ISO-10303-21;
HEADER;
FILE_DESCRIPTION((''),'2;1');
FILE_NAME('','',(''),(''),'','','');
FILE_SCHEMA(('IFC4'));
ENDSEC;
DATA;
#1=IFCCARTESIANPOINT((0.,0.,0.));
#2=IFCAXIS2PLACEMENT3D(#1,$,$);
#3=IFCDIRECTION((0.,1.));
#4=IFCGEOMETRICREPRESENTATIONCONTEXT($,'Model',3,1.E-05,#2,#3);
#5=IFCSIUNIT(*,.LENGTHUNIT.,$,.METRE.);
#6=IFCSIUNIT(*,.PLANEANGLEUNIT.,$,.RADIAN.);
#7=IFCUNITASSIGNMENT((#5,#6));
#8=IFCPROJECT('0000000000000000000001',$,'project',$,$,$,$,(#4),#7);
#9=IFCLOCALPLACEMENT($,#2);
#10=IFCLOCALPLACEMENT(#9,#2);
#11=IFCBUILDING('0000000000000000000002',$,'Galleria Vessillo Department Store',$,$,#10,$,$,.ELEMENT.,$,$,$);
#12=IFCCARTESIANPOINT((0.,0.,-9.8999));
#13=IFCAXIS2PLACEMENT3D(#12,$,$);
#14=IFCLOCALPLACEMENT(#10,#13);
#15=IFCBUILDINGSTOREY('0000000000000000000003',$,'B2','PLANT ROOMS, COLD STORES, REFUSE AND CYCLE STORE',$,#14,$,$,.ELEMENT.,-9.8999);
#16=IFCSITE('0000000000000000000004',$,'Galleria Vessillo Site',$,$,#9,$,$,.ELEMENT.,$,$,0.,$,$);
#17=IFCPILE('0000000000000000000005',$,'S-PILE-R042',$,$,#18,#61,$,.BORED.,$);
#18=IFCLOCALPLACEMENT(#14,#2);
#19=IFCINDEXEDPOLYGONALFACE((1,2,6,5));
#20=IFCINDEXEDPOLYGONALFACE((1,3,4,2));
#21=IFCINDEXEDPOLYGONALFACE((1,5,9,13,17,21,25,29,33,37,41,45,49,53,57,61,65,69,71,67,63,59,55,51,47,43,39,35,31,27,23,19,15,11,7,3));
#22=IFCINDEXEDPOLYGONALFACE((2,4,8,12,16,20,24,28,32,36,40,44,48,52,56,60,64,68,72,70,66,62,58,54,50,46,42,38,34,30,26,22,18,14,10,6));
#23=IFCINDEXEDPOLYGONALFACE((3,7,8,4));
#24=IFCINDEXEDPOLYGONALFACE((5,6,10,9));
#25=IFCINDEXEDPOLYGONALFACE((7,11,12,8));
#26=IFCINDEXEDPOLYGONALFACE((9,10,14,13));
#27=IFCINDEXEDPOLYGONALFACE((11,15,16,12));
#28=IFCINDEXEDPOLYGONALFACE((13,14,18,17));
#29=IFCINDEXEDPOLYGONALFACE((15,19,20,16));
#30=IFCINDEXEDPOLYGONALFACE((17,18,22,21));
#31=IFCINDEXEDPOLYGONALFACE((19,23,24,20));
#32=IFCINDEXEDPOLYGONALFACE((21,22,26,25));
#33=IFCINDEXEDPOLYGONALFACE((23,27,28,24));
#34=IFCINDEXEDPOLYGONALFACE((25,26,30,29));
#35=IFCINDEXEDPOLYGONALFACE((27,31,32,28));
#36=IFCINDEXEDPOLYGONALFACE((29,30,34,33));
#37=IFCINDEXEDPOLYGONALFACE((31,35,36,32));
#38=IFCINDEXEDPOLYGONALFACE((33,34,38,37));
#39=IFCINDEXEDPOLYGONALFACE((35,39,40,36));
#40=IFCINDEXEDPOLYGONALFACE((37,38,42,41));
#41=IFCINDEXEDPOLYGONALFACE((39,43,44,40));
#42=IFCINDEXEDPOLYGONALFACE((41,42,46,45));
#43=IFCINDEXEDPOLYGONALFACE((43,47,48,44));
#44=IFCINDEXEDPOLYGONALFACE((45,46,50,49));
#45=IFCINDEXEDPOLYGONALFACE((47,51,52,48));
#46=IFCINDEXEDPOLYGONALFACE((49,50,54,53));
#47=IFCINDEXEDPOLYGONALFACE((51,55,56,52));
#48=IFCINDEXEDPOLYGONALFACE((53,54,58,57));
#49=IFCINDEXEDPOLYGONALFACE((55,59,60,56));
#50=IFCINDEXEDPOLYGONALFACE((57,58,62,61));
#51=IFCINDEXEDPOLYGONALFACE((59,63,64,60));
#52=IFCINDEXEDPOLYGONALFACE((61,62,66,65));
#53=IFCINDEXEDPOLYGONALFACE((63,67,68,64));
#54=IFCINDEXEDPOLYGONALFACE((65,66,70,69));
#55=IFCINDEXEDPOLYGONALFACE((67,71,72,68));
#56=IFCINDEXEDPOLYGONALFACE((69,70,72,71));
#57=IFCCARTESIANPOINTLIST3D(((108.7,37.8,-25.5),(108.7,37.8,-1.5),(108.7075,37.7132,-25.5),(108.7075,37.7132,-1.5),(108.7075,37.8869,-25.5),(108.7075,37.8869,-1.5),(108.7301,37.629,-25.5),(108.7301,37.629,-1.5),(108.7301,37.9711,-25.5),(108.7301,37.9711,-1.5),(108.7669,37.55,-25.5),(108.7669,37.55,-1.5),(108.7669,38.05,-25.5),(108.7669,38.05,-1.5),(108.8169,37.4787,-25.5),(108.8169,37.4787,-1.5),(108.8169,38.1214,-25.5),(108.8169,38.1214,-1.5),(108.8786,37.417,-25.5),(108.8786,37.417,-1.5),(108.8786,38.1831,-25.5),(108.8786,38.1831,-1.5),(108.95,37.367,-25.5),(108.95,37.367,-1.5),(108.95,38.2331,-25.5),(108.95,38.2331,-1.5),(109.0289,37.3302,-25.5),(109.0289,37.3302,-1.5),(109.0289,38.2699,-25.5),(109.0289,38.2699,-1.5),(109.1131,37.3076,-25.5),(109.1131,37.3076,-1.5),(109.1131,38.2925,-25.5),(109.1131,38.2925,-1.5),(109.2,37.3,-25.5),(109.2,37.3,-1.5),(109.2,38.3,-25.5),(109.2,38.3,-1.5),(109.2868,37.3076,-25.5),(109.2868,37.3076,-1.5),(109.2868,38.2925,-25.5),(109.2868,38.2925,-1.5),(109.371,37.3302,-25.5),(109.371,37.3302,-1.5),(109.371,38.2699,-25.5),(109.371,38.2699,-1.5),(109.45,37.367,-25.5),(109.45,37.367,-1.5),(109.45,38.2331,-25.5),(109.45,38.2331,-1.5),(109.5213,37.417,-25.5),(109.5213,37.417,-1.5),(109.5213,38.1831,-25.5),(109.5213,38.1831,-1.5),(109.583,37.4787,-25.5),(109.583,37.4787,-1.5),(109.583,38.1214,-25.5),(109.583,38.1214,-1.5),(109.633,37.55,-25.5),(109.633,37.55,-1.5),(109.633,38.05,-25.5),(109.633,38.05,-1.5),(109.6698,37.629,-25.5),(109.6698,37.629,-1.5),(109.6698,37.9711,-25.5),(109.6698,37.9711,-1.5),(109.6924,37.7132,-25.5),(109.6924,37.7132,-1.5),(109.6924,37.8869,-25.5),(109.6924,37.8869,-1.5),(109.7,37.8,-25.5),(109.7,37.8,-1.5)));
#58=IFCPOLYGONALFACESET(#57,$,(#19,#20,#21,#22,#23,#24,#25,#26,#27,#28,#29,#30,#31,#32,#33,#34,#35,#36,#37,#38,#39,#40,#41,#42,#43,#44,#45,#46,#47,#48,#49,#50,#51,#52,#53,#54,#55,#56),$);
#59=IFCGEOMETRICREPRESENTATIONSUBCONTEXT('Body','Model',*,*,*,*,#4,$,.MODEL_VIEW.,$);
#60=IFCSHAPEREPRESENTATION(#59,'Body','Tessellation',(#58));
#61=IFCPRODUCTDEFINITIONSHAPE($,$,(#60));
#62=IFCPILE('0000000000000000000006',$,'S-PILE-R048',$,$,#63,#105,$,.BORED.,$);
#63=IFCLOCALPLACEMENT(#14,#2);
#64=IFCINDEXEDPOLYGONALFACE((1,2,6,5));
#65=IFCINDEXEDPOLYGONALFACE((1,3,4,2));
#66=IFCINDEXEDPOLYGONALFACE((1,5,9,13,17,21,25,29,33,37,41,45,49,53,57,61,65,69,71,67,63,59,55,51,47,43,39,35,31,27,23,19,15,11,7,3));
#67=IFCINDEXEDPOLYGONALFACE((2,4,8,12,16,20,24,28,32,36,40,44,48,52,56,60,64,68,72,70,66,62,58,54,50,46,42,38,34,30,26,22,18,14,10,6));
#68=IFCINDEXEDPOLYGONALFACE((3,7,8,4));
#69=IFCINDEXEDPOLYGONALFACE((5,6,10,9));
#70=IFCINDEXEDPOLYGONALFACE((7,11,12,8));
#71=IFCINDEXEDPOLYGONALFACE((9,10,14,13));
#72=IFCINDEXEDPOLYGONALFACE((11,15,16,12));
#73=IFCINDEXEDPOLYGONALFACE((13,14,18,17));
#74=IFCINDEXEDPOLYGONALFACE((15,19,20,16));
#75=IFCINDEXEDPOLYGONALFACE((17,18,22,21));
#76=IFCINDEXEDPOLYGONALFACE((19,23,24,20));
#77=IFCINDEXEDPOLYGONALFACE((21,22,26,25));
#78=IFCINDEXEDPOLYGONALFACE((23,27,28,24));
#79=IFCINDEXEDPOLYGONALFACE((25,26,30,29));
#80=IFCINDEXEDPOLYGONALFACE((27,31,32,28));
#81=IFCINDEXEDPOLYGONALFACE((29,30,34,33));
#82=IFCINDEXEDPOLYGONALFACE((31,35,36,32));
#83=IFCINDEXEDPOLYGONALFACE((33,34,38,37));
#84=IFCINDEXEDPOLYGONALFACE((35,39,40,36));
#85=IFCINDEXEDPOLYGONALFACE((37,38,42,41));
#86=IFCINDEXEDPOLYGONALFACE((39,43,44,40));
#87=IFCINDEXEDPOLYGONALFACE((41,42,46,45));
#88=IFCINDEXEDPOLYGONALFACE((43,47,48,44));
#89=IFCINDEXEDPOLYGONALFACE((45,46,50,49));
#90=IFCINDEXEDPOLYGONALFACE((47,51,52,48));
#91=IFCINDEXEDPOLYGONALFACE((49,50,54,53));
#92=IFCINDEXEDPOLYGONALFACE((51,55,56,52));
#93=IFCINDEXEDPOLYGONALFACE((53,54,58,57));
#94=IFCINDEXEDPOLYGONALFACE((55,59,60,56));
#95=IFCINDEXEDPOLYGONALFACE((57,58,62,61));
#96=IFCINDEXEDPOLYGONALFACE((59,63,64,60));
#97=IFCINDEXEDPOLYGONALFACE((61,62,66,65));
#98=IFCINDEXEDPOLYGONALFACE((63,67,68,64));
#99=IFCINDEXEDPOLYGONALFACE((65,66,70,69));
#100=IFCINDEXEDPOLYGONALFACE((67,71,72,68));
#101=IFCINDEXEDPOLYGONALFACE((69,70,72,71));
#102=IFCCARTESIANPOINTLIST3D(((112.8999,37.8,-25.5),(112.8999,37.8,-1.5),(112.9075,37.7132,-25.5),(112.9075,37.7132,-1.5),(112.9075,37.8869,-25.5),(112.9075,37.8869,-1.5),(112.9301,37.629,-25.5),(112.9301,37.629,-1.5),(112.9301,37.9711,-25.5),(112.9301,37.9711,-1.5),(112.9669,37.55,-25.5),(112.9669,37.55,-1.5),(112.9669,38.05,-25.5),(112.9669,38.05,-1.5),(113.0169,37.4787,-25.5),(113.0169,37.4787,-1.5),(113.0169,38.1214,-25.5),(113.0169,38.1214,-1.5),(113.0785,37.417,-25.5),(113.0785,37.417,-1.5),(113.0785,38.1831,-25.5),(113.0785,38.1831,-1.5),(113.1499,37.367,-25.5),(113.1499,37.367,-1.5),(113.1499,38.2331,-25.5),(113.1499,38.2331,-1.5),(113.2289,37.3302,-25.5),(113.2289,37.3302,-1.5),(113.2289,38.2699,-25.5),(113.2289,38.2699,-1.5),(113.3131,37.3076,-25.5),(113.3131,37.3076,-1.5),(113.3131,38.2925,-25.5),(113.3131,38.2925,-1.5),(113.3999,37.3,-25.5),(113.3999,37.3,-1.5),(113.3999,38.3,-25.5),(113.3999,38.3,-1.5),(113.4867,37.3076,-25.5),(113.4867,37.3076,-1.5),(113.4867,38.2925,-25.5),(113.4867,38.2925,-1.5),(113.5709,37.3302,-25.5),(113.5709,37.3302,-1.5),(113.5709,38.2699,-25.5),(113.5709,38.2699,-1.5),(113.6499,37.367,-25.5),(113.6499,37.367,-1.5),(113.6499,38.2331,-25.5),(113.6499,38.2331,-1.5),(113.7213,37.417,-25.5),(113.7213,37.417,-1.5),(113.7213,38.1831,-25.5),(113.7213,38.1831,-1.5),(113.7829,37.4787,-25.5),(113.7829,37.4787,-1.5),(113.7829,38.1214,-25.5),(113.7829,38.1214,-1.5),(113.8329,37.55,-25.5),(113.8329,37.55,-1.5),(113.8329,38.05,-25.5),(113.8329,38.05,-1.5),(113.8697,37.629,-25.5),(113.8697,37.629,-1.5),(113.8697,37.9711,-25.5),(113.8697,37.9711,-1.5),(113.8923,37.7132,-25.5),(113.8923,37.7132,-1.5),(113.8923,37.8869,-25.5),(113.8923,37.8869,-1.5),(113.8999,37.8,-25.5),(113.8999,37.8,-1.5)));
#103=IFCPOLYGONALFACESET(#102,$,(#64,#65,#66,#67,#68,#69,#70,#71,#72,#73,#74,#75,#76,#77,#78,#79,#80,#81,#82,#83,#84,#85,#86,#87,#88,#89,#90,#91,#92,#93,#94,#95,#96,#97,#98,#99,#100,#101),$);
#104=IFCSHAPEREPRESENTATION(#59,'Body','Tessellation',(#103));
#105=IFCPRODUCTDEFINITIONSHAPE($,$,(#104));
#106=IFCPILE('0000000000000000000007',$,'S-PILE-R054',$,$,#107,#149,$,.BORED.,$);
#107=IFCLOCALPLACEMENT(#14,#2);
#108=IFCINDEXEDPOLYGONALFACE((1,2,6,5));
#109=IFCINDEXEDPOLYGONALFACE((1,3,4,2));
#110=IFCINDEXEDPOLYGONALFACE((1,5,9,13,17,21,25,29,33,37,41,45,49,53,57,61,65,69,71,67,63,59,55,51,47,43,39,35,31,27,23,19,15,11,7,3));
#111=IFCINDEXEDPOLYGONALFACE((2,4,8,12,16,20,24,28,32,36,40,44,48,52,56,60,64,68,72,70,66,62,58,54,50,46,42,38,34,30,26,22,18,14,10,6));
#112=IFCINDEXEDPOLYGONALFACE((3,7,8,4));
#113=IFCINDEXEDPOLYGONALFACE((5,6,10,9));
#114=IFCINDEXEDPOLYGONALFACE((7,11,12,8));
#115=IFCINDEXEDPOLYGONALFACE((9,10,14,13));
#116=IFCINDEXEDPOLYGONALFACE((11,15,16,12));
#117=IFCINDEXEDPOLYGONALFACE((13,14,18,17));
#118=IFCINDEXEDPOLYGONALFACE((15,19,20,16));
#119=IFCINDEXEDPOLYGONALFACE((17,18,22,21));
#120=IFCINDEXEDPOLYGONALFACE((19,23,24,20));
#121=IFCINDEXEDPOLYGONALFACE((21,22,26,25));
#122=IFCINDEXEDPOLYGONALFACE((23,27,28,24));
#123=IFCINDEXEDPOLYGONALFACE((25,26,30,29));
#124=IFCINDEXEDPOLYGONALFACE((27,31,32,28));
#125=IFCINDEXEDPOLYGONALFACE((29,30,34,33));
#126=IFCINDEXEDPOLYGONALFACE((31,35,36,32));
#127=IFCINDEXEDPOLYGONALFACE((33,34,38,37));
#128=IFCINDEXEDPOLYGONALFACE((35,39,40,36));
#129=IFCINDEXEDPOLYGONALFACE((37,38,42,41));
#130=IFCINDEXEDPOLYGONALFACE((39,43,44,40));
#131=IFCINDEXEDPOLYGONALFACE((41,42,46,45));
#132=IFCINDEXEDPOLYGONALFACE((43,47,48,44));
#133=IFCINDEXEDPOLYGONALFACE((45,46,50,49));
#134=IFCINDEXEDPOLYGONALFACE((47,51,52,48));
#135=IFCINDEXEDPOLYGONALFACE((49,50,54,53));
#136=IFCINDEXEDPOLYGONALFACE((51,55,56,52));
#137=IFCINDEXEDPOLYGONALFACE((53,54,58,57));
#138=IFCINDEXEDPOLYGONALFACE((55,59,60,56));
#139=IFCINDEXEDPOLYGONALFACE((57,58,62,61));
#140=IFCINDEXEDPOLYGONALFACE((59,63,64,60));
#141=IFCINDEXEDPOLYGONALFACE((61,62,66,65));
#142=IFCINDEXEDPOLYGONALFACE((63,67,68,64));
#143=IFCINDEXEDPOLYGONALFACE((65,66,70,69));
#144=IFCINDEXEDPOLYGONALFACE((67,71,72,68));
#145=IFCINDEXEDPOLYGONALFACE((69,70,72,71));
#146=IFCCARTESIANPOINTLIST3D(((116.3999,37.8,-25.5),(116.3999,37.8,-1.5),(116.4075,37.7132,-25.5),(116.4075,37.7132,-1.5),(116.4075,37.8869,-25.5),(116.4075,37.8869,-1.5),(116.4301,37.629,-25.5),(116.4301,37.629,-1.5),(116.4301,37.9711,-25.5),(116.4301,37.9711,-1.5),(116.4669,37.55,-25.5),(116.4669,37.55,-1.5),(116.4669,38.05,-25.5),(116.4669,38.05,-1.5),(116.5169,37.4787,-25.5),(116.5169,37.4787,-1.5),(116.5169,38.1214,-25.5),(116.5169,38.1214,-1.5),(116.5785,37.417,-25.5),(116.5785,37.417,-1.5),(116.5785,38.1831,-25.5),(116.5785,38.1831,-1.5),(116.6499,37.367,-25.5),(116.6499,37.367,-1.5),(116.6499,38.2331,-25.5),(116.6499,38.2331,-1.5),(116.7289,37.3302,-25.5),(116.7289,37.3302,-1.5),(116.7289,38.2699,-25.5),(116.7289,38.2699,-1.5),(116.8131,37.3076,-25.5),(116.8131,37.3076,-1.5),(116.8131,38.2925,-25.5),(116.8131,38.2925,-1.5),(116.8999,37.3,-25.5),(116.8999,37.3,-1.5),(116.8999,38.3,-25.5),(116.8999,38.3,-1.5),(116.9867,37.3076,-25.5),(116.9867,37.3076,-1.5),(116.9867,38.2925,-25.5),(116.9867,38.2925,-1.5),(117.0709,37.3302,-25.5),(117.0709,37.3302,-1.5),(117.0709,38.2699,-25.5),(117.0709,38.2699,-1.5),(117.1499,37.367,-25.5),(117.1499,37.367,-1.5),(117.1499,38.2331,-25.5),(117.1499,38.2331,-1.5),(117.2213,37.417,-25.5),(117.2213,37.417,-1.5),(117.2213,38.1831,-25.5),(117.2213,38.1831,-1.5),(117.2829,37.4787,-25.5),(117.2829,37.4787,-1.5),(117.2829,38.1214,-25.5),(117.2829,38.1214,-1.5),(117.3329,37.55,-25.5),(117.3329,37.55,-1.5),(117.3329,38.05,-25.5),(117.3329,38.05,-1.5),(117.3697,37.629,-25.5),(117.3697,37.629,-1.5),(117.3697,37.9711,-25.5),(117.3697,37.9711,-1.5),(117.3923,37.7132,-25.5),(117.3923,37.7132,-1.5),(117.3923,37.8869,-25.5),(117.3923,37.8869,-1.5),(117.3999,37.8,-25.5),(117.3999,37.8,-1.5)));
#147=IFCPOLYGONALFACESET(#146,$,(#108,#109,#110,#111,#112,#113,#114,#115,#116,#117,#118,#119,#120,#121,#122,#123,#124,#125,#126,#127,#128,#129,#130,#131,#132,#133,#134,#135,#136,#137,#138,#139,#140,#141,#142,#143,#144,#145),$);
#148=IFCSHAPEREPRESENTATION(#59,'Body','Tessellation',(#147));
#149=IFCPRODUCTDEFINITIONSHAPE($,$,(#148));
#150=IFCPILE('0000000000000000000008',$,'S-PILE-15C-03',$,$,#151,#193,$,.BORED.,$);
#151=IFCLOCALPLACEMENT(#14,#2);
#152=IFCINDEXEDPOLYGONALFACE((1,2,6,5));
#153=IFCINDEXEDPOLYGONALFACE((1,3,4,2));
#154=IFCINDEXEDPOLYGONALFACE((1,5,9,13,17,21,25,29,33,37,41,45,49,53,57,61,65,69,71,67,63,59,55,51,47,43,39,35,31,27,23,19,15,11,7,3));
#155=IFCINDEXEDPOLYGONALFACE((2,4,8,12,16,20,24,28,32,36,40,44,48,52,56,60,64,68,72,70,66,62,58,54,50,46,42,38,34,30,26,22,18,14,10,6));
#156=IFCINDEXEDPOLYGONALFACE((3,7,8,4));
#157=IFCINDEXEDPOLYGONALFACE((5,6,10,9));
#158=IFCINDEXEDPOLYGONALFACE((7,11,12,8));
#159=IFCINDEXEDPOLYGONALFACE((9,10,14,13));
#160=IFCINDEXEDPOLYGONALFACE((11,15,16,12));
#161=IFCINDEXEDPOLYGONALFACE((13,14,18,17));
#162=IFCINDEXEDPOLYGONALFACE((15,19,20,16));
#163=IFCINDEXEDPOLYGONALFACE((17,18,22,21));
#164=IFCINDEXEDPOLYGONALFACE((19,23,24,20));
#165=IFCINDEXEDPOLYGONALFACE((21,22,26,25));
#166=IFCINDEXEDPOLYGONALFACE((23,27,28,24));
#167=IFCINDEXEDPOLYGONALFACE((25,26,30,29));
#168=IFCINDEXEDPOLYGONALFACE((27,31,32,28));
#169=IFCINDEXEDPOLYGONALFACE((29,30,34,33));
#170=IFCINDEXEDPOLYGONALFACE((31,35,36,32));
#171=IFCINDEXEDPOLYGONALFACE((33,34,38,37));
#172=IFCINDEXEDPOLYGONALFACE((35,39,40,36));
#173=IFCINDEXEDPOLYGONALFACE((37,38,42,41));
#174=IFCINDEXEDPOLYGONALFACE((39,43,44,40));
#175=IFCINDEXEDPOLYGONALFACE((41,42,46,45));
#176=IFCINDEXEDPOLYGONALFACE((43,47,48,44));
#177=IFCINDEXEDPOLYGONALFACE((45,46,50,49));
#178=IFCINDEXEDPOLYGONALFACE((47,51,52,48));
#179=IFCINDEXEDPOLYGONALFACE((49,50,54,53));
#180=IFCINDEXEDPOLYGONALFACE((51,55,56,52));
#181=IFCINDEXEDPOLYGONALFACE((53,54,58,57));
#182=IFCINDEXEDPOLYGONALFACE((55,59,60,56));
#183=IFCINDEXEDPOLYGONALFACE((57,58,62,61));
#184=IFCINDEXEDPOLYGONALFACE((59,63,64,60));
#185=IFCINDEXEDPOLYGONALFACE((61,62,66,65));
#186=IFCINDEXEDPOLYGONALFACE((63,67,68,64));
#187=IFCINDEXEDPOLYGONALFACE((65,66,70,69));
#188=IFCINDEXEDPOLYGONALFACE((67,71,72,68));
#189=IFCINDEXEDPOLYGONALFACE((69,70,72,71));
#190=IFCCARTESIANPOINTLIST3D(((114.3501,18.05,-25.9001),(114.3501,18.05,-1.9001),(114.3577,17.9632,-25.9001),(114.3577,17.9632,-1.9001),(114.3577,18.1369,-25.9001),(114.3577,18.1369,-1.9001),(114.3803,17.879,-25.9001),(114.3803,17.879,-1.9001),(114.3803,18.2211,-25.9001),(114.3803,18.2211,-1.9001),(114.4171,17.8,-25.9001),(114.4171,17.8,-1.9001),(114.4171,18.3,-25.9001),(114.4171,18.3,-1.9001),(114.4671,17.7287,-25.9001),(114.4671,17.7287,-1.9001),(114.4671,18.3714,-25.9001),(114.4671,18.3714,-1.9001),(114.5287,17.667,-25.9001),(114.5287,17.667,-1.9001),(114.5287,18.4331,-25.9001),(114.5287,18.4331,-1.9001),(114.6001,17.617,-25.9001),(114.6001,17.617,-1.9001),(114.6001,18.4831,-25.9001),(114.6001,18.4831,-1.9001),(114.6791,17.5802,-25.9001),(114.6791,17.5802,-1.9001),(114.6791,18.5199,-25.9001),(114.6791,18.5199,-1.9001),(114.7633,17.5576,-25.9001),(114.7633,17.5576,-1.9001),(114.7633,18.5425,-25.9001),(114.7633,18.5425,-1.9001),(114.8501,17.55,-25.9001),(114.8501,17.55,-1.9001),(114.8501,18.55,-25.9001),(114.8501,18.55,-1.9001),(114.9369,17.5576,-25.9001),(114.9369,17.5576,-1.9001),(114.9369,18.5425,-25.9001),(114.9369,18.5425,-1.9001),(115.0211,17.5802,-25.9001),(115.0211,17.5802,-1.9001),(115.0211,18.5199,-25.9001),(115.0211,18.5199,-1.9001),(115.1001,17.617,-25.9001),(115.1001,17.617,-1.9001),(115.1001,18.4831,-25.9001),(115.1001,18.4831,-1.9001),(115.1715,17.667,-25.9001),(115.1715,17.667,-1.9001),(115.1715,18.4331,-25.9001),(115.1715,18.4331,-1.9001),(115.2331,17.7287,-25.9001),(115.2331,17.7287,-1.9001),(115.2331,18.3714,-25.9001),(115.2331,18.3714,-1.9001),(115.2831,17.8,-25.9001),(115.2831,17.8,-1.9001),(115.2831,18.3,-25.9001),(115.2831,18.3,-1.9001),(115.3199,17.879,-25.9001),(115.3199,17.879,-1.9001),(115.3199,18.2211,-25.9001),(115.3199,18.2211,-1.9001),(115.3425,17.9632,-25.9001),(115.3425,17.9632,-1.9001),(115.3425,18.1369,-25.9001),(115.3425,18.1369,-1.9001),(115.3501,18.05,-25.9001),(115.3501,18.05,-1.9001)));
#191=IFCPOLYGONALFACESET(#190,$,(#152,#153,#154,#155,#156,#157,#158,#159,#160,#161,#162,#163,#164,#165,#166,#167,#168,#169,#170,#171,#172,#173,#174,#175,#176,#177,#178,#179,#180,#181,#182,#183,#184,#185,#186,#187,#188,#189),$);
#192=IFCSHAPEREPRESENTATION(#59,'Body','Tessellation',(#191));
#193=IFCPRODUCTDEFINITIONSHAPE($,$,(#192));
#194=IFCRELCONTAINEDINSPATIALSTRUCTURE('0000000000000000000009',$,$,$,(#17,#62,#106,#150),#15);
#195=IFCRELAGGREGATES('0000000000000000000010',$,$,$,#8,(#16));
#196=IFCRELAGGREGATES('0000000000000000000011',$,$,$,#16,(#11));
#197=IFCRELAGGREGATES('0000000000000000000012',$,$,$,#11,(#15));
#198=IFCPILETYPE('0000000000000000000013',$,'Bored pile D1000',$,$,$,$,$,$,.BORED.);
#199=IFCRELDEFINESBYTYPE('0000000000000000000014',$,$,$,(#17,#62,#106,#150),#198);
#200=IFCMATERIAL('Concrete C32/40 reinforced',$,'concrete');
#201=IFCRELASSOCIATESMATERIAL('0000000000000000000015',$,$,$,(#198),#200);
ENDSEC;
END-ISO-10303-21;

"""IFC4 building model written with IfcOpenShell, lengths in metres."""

from ifc_helpers import new_model, si_unit, direction, frame, origin, origin_2d, place, context, subcontext, project, spatial, circle, extrude, material, material_profile, profile_set, type_object, element, save


model = new_model("IFC4")

# Units and contexts
model_context = context("Model", 3, precision=1e-05, world=origin(), true_north=direction((0.0, 1.0)))
body_context = subcontext(model_context, "Body", "Model", "MODEL_VIEW")
ifc_project = project(units=[si_unit("LENGTHUNIT", "METRE"), si_unit("PLANEANGLEUNIT", "RADIAN")], contexts=[model_context])

# Site, building, storey
site_placement = place(None, origin())
site = spatial("IfcSite", under=ifc_project, at=site_placement, Name="Galleria Vessillo Site", CompositionType="ELEMENT", RefElevation=0.0)
building_placement = place(site_placement, origin())
building = spatial("IfcBuilding", under=site, at=building_placement, Name="Galleria Vessillo Department Store", CompositionType="ELEMENT")
storey_placement = place(building_placement, frame((0.0, 0.0, -9.8999)))
storey = spatial("IfcBuildingStorey", under=building, at=storey_placement, Name="B2", Description="PLANT ROOMS, COLD STORES, REFUSE AND CYCLE STORE", CompositionType="ELEMENT", Elevation=-9.8999)

# Piles
ifc_material_1 = material(Name="Concrete C32/40 reinforced", Category="concrete")
ifc_material_profile_1 = material_profile(ifc_material_1, circle(Radius=0.5, at=origin_2d()), Name="Bored pile D1000")
ifc_profile_set_1 = profile_set([ifc_material_profile_1], Name="Concrete C32/40 reinforced")
pile_type = type_object("IfcPileType", Name="Bored pile D1000", PredefinedType="BORED", material=ifc_profile_set_1)
for number, where, z_axis, x_axis, name in (
    (1, (109.2, 37.8, -1.5), (0.0, 0.0, -1.0), (1.0, 0.0, 0.0), "S-PILE-R042"),
    (2, (113.3999, 37.8, -1.5), (0.0, 0.0, -1.0), (1.0, 0.0, 0.0), "S-PILE-R048"),
    (3, (116.8999, 37.8, -1.5), (0.0, 0.0, -1.0), (1.0, 0.0, 0.0), "S-PILE-R054"),
    (4, (114.8501, 18.05, -1.9001), (0.0, 0.0, -1.0), (1.0, 0.0, 0.0), "S-PILE-15C-03"),
):
    element("IfcPile", number, at=place(storey_placement, frame(where, z_axis=z_axis, x_axis=x_axis)), inside=storey, type_object=pile_type, Name=name, PredefinedType="BORED", context=body_context, shape_type="SweptSolid", body=[
        extrude(circle(Radius=0.5, at=origin_2d()), origin(), (0.0, 0.0, 1.0), 24.0),
    ])

save(model, "model.ifc")
